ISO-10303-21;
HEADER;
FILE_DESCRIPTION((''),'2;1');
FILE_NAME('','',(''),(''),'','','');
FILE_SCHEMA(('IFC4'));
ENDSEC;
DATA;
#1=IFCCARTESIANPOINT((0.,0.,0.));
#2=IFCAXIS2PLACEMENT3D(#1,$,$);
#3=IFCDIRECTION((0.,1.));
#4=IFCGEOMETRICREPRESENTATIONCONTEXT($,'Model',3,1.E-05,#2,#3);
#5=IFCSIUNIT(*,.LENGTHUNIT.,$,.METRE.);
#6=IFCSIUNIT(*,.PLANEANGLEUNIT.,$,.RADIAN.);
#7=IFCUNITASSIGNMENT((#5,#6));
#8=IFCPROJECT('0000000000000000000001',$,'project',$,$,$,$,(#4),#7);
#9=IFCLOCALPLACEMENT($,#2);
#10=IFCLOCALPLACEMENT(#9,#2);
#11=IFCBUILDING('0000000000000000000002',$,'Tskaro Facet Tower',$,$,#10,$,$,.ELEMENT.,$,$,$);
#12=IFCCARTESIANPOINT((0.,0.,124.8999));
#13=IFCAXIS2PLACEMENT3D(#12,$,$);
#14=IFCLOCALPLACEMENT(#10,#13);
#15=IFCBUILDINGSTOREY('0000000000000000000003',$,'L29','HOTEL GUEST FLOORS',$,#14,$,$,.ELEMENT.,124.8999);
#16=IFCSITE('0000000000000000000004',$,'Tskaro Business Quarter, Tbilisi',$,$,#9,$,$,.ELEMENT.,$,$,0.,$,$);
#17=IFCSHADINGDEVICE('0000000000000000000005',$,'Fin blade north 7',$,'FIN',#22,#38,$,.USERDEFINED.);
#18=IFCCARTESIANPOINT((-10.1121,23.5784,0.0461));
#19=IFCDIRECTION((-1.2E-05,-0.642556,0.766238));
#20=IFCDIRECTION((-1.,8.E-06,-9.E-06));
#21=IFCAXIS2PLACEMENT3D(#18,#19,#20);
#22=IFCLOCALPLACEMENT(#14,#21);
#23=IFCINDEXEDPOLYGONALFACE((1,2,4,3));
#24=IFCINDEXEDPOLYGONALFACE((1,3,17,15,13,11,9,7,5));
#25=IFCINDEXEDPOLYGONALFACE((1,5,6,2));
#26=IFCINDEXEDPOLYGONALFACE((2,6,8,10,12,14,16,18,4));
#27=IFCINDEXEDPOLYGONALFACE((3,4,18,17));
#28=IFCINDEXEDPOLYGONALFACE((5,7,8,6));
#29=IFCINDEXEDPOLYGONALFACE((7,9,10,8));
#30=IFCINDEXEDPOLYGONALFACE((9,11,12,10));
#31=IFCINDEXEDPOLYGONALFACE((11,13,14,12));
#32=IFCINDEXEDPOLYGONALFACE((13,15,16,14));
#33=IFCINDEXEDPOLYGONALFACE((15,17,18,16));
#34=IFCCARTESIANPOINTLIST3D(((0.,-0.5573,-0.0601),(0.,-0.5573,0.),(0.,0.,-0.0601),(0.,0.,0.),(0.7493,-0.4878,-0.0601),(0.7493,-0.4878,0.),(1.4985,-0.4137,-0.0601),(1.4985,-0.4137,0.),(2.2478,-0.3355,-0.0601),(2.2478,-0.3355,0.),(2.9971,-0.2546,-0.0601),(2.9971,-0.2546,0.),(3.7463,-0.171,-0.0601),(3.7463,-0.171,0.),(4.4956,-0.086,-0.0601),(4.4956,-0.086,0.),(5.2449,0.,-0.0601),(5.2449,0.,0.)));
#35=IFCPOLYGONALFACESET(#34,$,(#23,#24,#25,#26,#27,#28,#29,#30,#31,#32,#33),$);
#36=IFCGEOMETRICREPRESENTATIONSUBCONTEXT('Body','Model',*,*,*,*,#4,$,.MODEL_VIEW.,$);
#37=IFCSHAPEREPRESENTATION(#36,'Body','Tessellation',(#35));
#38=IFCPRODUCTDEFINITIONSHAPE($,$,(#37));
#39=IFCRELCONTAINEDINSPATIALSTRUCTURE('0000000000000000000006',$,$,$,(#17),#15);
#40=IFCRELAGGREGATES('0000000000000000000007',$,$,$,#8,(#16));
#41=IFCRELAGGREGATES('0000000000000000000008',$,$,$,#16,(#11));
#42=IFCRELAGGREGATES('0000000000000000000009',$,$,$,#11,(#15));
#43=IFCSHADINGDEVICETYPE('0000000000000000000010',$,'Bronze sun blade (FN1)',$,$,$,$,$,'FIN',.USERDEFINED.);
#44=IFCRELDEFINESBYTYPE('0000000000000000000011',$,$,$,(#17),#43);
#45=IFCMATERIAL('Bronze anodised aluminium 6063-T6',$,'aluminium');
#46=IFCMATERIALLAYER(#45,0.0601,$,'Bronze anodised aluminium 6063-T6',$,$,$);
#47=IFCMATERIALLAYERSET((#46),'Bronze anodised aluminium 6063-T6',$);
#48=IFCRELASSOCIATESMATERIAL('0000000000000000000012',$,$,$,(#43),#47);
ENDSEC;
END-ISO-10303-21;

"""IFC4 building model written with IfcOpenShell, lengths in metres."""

from ifc_helpers import new_model, si_unit, direction, frame, origin, place, context, subcontext, project, spatial, polyline, outline, extrude, material, layer, layer_set, type_object, element, save


model = new_model("IFC4")

# Units and contexts
model_context = context("Model", 3, precision=1e-05, world=origin(), true_north=direction((0.0, 1.0)))
body_context = subcontext(model_context, "Body", "Model", "MODEL_VIEW")
ifc_project = project(units=[si_unit("LENGTHUNIT", "METRE"), si_unit("PLANEANGLEUNIT", "RADIAN")], contexts=[model_context])

# Site, building, storey
site_placement = place(None, origin())
site = spatial("IfcSite", under=ifc_project, at=site_placement, Name="Tskaro Business Quarter, Tbilisi", CompositionType="ELEMENT", RefElevation=0.0)
building_placement = place(site_placement, origin())
building = spatial("IfcBuilding", under=site, at=building_placement, Name="Tskaro Facet Tower", CompositionType="ELEMENT")
storey_placement = place(building_placement, frame((0.0, 0.0, 124.8999)))
storey = spatial("IfcBuildingStorey", under=building, at=storey_placement, Name="L29", Description="HOTEL GUEST FLOORS", CompositionType="ELEMENT", Elevation=124.8999)

# Shared definitions
ifc_material_1 = material(Name="Bronze anodised aluminium 6063-T6", Category="aluminium")

# Shading device
ifc_layer_1 = layer(ifc_material_1, 0.0601, Name="Bronze anodised aluminium 6063-T6")
ifc_layer_set_1 = layer_set([ifc_layer_1], Name="Bronze anodised aluminium 6063-T6")
shading_device_type = type_object("IfcShadingDeviceType", Name="Bronze sun blade (FN1)", ElementType="FIN", PredefinedType="USERDEFINED", material=ifc_layer_set_1)
shading_device_1_placement = place(storey_placement, frame((-10.1121, 23.5784, 0.0461), z_axis=(-0.000012, -0.642556, 0.766238), x_axis=(-1.0, 0.000008, -0.000009)))
element("IfcShadingDevice", 1, at=shading_device_1_placement, inside=storey, type_object=shading_device_type, Name="Fin blade north 7", ObjectType="FIN", PredefinedType="USERDEFINED", context=body_context, shape_type="SweptSolid", body=[
    extrude(outline(polyline([(0.0, 0.0), (5.2449, 0.0), (4.4956, -0.086), (3.7463, -0.171), (2.9971, -0.2546), (2.2478, -0.3355), (1.4985, -0.4137), (0.7493, -0.4878), (0.0, -0.5573), (0.0, 0.0)])), origin(), (0.0, 0.0, -1.0), 0.0601),
])

save(model, "model.ifc")
